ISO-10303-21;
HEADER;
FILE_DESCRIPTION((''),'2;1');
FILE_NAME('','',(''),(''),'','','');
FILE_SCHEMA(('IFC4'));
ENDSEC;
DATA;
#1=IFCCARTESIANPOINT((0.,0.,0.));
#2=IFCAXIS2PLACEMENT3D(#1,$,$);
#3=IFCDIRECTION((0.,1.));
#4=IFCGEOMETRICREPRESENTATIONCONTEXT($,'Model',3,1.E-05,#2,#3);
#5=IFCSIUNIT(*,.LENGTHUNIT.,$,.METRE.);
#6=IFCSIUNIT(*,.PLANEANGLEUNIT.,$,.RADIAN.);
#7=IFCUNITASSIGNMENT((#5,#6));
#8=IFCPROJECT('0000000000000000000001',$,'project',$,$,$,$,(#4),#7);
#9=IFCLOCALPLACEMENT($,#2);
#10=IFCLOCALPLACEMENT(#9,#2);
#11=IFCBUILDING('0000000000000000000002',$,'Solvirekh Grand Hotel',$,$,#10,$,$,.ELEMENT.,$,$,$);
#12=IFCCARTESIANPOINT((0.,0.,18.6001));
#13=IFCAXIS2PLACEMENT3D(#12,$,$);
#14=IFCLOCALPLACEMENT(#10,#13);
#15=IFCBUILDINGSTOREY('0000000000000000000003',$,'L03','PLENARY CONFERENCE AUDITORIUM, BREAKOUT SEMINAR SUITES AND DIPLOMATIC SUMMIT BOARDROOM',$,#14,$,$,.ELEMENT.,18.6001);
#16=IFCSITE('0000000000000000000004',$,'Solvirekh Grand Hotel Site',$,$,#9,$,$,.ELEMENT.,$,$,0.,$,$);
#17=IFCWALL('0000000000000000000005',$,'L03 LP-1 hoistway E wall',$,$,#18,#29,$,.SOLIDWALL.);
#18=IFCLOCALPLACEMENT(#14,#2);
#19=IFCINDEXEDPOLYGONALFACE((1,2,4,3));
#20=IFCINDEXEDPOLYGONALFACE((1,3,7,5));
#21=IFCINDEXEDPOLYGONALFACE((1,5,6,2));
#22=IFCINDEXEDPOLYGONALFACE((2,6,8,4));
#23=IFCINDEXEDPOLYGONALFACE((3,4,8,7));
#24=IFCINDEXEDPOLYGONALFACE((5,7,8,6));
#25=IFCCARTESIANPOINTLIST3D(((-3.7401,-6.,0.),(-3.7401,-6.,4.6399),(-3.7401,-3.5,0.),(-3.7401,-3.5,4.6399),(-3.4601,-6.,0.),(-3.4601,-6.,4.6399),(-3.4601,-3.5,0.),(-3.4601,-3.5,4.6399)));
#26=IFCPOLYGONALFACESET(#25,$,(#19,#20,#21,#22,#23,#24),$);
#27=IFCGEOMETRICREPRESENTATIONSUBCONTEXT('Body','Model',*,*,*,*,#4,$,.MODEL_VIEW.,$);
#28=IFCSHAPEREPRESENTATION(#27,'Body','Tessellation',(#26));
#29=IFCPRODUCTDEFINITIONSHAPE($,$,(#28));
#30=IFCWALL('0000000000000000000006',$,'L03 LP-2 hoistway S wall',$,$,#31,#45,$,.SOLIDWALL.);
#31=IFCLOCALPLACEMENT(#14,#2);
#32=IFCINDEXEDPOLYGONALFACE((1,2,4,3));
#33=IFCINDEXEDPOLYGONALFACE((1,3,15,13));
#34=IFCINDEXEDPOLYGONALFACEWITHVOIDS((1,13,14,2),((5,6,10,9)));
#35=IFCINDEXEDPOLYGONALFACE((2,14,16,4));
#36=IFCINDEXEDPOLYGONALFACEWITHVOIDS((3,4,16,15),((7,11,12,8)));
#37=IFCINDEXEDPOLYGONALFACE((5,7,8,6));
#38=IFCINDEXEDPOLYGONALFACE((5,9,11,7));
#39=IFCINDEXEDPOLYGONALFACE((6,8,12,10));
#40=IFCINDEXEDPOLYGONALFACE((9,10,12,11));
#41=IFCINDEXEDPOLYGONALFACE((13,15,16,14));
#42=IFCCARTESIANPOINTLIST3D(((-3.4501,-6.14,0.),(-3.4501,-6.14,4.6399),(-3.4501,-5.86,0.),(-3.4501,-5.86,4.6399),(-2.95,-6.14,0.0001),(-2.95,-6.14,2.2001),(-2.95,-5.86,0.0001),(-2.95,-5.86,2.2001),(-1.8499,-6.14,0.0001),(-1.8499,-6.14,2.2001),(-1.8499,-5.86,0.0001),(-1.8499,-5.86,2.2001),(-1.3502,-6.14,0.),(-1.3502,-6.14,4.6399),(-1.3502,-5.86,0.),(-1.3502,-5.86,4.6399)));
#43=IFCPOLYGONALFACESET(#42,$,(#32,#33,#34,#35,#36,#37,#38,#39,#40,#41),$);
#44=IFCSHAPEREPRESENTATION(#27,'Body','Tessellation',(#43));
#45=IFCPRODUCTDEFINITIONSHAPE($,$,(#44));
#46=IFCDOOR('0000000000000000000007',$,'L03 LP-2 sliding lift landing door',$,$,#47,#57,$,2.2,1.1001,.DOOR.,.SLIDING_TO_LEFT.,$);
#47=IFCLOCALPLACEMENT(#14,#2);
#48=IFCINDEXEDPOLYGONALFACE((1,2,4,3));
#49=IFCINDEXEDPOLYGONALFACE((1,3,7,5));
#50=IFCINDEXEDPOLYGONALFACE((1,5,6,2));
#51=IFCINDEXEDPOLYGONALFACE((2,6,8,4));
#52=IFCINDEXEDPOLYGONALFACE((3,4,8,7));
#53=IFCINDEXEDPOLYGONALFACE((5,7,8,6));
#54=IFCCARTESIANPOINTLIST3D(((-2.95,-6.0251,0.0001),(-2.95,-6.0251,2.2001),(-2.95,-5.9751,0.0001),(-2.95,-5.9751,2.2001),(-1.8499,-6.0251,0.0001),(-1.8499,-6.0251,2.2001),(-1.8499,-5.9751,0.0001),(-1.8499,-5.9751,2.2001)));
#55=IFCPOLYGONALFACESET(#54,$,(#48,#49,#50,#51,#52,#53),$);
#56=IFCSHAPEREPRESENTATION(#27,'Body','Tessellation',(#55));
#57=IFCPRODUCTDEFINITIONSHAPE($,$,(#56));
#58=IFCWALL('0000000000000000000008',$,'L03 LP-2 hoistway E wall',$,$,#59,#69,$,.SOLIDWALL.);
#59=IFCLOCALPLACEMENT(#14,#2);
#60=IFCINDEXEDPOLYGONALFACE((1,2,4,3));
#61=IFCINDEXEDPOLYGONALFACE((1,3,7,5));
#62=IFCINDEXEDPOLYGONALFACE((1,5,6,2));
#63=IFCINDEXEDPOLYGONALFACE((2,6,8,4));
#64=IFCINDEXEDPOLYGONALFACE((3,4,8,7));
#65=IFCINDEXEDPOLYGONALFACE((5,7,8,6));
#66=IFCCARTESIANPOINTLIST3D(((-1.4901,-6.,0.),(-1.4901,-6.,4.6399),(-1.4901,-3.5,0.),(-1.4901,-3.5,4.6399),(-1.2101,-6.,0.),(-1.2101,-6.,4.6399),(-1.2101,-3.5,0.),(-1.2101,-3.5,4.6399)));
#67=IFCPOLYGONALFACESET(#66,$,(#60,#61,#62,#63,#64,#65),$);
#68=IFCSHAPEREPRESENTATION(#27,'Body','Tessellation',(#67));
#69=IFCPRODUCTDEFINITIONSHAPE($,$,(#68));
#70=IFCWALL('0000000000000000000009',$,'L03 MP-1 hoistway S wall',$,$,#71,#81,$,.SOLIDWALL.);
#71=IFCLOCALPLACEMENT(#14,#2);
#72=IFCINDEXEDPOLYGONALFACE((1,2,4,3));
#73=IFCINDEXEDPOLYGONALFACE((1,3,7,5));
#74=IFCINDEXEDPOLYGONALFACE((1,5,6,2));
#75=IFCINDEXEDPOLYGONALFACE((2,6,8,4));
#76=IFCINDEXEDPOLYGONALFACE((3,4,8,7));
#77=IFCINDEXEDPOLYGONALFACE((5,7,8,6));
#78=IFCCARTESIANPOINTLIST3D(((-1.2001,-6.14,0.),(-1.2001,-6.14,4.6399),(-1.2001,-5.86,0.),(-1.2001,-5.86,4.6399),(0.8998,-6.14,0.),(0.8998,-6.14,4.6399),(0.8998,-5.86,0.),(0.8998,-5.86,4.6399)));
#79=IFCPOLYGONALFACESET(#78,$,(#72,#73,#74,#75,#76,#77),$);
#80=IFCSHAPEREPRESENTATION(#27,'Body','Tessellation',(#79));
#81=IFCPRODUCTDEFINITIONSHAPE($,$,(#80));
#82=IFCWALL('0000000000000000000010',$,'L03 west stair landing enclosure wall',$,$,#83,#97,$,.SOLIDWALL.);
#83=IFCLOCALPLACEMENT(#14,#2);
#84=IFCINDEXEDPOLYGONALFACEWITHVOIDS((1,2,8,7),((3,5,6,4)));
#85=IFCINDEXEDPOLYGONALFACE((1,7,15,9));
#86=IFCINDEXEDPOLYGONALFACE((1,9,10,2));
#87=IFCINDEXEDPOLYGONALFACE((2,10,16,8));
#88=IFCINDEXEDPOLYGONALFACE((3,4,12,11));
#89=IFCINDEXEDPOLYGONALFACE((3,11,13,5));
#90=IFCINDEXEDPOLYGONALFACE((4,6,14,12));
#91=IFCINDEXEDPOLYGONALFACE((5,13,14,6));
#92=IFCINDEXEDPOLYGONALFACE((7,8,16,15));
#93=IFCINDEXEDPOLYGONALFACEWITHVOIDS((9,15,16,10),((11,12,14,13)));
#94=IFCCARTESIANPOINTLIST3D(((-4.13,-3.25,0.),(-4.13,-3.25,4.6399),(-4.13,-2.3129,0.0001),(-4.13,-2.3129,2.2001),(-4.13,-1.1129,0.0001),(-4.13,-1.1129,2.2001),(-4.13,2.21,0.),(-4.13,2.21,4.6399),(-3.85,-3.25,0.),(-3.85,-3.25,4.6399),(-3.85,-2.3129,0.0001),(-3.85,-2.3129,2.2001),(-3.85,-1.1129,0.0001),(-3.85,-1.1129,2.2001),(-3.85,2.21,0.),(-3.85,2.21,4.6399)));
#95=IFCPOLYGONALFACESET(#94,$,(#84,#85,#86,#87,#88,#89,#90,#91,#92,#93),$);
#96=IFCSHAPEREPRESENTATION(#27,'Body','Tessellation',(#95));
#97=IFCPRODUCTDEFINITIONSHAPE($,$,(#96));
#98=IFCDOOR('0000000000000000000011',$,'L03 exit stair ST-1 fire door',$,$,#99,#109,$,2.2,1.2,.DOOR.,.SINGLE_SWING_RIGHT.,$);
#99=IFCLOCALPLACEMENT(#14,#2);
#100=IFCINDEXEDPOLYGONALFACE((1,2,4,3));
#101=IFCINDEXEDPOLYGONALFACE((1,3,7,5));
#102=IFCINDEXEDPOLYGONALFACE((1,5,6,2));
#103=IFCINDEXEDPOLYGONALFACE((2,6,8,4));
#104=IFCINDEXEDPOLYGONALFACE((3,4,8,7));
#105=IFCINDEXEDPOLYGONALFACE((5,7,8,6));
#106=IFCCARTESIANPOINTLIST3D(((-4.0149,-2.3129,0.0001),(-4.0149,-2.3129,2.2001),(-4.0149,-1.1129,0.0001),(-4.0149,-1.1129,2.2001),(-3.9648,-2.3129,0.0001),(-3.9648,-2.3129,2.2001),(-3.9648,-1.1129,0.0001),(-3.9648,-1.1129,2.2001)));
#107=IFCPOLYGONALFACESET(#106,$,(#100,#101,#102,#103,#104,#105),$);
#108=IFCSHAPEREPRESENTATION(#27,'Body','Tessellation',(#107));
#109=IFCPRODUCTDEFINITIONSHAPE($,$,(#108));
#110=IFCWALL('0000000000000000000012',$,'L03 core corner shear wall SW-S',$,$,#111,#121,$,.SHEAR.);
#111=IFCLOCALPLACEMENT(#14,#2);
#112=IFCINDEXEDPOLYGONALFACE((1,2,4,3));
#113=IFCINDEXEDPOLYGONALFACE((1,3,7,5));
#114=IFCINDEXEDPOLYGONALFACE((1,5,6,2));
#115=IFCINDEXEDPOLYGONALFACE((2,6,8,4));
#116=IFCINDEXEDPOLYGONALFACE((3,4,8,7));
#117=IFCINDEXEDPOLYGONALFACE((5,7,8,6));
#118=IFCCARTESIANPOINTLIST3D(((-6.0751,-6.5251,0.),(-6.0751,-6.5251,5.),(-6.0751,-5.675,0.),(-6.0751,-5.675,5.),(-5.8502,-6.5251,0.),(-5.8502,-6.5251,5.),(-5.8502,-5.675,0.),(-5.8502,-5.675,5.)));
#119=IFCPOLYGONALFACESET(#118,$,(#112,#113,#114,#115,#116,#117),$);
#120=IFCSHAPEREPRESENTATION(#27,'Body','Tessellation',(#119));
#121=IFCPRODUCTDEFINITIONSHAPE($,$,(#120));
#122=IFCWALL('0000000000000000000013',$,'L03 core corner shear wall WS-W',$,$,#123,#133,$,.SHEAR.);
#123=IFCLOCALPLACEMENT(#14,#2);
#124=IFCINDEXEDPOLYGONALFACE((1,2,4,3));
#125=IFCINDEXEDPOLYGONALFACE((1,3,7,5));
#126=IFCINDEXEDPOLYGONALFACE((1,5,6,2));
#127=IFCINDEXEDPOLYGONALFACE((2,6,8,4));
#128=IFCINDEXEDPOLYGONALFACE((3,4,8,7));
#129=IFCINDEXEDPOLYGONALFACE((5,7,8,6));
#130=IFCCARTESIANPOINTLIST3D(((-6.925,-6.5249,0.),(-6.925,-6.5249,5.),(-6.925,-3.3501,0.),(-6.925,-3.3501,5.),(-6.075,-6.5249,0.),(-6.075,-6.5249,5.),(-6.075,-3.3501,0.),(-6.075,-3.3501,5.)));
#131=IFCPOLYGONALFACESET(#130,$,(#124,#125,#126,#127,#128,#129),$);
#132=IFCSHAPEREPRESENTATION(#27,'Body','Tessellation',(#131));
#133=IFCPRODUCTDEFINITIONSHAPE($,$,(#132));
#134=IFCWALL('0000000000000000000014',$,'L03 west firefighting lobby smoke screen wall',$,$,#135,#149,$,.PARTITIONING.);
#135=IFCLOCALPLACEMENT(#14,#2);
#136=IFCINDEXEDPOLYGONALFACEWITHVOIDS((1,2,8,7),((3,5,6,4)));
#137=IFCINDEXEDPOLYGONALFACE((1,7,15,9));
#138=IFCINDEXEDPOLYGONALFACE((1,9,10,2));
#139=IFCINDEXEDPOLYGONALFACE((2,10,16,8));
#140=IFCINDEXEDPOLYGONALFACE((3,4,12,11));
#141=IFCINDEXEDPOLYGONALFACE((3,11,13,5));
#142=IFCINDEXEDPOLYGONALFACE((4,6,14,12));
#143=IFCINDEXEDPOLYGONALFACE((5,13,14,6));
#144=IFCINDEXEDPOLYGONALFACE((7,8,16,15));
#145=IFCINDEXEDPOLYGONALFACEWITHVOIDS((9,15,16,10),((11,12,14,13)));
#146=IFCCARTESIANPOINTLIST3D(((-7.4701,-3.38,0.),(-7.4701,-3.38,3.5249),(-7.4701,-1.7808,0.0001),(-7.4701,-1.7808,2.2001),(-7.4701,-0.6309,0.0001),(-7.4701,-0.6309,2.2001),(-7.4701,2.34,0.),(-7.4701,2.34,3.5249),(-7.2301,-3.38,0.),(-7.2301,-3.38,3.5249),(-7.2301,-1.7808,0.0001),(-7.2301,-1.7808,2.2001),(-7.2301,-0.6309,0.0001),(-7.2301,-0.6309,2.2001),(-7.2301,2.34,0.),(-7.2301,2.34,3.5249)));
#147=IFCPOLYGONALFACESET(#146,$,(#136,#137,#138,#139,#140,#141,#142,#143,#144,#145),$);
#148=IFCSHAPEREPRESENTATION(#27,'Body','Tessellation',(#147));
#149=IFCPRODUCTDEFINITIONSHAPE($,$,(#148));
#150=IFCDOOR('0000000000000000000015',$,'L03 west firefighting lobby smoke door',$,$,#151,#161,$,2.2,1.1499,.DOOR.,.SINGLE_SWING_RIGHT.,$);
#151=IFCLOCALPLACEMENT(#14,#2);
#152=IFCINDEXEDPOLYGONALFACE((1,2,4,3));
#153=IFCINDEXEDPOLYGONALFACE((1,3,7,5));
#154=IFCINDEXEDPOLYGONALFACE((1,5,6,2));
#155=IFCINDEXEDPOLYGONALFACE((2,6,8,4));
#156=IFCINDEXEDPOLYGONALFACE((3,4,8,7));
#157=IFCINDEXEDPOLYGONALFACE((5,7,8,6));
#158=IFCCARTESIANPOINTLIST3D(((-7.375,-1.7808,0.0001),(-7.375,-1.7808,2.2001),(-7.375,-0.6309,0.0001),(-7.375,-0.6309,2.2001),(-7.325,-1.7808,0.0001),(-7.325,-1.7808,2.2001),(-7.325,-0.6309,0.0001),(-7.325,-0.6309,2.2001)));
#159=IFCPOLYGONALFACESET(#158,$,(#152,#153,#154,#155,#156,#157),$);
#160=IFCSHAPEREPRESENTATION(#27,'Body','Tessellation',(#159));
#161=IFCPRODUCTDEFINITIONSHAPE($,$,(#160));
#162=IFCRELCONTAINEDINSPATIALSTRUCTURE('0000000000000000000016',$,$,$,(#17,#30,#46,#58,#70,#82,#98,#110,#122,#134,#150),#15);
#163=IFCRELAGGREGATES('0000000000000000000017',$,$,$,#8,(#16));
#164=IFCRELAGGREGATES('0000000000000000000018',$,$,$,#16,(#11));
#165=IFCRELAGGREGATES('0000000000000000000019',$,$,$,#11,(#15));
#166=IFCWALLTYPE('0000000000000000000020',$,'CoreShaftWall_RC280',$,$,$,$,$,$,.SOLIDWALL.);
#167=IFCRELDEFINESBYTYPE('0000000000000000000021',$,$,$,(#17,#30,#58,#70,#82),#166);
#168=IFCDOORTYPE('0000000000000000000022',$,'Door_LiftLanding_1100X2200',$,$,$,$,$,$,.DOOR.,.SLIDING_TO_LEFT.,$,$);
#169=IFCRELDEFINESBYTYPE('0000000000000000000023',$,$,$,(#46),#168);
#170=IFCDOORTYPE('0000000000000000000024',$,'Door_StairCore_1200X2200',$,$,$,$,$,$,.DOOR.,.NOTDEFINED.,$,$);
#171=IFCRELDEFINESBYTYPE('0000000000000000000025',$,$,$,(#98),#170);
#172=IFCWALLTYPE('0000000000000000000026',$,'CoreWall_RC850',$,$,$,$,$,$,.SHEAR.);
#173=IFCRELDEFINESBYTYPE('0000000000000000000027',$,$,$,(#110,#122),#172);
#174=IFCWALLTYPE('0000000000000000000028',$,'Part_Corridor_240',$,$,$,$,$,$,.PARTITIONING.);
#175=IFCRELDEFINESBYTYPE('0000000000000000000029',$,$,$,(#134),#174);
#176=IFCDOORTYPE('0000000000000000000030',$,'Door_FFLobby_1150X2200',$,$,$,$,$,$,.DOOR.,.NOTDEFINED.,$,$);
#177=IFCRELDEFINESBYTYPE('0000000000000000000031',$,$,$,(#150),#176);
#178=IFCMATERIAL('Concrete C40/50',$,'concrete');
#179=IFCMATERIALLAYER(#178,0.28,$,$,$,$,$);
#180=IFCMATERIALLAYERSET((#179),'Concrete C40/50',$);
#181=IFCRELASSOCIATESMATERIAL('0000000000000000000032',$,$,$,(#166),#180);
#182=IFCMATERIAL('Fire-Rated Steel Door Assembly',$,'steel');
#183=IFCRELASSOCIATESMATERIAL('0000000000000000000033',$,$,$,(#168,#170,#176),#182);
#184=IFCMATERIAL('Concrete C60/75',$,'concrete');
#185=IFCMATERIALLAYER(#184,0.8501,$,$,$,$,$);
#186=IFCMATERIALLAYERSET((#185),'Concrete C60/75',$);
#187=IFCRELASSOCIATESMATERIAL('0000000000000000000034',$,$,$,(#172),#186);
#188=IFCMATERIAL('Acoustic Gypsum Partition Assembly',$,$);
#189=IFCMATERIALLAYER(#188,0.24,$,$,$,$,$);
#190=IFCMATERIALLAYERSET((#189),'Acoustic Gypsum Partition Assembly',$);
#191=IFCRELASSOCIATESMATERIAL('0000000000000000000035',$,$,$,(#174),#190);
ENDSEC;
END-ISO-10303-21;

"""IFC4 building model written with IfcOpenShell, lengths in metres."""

from ifc_helpers import new_model, si_unit, direction, frame, frame_2d, origin, place, context, subcontext, project, spatial, rectangle, extrude, material, layer, layer_set, type_object, element, fill, save


model = new_model("IFC4")

# Units and contexts
model_context = context("Model", 3, precision=1e-05, world=origin(), true_north=direction((0.0, 1.0)))
body_context = subcontext(model_context, "Body", "Model", "MODEL_VIEW")
ifc_project = project(units=[si_unit("LENGTHUNIT", "METRE"), si_unit("PLANEANGLEUNIT", "RADIAN")], contexts=[model_context])

# Site, building, storey
site_placement = place(None, origin())
site = spatial("IfcSite", under=ifc_project, at=site_placement, Name="Solvirekh Grand Hotel Site", CompositionType="ELEMENT", RefElevation=0.0)
building_placement = place(site_placement, origin())
building = spatial("IfcBuilding", under=site, at=building_placement, Name="Solvirekh Grand Hotel", CompositionType="ELEMENT")
storey_placement = place(building_placement, frame((0.0, 0.0, 18.6001)))
storey = spatial("IfcBuildingStorey", under=building, at=storey_placement, Name="L03", Description="PLENARY CONFERENCE AUDITORIUM, BREAKOUT SEMINAR SUITES AND DIPLOMATIC SUMMIT BOARDROOM", CompositionType="ELEMENT", Elevation=18.6001)

# Shared definitions
ifc_material_1 = material(Name="Concrete C60/75", Category="concrete")

# Shared definitions
ifc_material_2 = material(Name="Concrete C40/50", Category="concrete")
ifc_layer_1 = layer(ifc_material_2, 0.28)
ifc_layer_set_1 = layer_set([ifc_layer_1], Name="Concrete C40/50")
wall_type_1 = type_object("IfcWallType", Name="CoreShaftWall_RC280", PredefinedType="SOLIDWALL", material=ifc_layer_set_1)
ifc_material_3 = material(Name="Fire-Rated Steel Door Assembly", Category="steel")
door_type_1 = type_object("IfcDoorType", Name="Door_LiftLanding_1100X2200", OperationType="SLIDING_TO_LEFT", PredefinedType="DOOR", material=ifc_material_3)

# Wall
for number, where, z_axis, x_axis, name in (
    (1, (-3.6001, -6.0, 0.0), (0.0, 0.0, 1.0), (0.0, 1.0, 0.0), "L03 LP-1 hoistway E wall"),
):
    element("IfcWall", number, at=place(storey_placement, frame(where, z_axis=z_axis, x_axis=x_axis)), inside=storey, type_object=wall_type_1, Name=name, PredefinedType="SOLIDWALL", context=body_context, shape_type="SweptSolid", body=[
        extrude(rectangle(XDim=2.5, YDim=0.28, at=frame_2d((1.25, 0.0))), origin(), (0.0, 0.0, 1.0), 4.6399),
    ])

# Wall, opening, door
wall_1_placement = place(storey_placement, frame((-3.45, -6.0, 0.0), z_axis=(0.0, 0.0, 1.0), x_axis=(1.0, 0.0, 0.0)))
wall_1 = element("IfcWall", 2, at=wall_1_placement, inside=storey, type_object=wall_type_1, Name="L03 LP-2 hoistway S wall", PredefinedType="SOLIDWALL", context=body_context, shape_type="SweptSolid", body=[
    extrude(rectangle(XDim=2.0999, YDim=0.28, at=frame_2d((1.0498, 0.0))), origin(), (0.0, 0.0, 1.0), 4.6399),
])
opening_1_placement = place(wall_1_placement, frame((0.5, 0.0, 0.0)))
opening_1 = element("IfcOpeningElement", 3, at=opening_1_placement, cuts=wall_1, PredefinedType="OPENING", context=body_context, shape_type="SweptSolid", body=[
    extrude(rectangle(XDim=1.1001, YDim=2.2, at=frame_2d((0.55, 1.1001))), frame((0.0, 0.1499, 0.0), z_axis=(0.0, -1.0, 0.0), x_axis=(1.0, 0.0, 0.0)), (0.0, 0.0, 1.0), 0.3),
])
door_1_placement = place(opening_1_placement, origin())
door_1 = element("IfcDoor", 4, at=door_1_placement, inside=storey, type_object=door_type_1, Name="L03 LP-2 sliding lift landing door", OperationType="SLIDING_TO_LEFT", OverallHeight=2.2, OverallWidth=1.1001, PredefinedType="DOOR", context=body_context, shape_type="SweptSolid", body=[
    extrude(rectangle(XDim=1.1001, YDim=2.2, at=frame_2d((0.55, 1.1001))), frame((0.0, 0.0249, 0.0), z_axis=(0.0, -1.0, 0.0), x_axis=(1.0, 0.0, 0.0)), (0.0, 0.0, 1.0), 0.05),
])
fill(opening_1, door_1)

# Walls
wall_2_placement = place(storey_placement, frame((-1.3501, -6.0, 0.0), z_axis=(0.0, 0.0, 1.0), x_axis=(0.0, 1.0, 0.0)))
element("IfcWall", 5, at=wall_2_placement, inside=storey, type_object=wall_type_1, Name="L03 LP-2 hoistway E wall", PredefinedType="SOLIDWALL", context=body_context, shape_type="SweptSolid", body=[
    extrude(rectangle(XDim=2.5, YDim=0.28, at=frame_2d((1.25, 0.0))), origin(), (0.0, 0.0, 1.0), 4.6399),
])
wall_3_placement = place(storey_placement, frame((-1.2, -6.0, 0.0), z_axis=(0.0, 0.0, 1.0), x_axis=(1.0, 0.0, 0.0)))
element("IfcWall", 6, at=wall_3_placement, inside=storey, type_object=wall_type_1, Name="L03 MP-1 hoistway S wall", PredefinedType="SOLIDWALL", context=body_context, shape_type="SweptSolid", body=[
    extrude(rectangle(XDim=2.0999, YDim=0.28, at=frame_2d((1.0498, 0.0))), origin(), (0.0, 0.0, 1.0), 4.6399),
])

# Wall, opening, door
wall_4_placement = place(storey_placement, frame((-3.99, -3.25, 0.0), z_axis=(0.0, 0.0, 1.0), x_axis=(0.0, 1.0, 0.0)))
wall_4 = element("IfcWall", 7, at=wall_4_placement, inside=storey, type_object=wall_type_1, Name="L03 west stair landing enclosure wall", PredefinedType="SOLIDWALL", context=body_context, shape_type="SweptSolid", body=[
    extrude(rectangle(XDim=5.46, YDim=0.28, at=frame_2d((2.73, 0.0))), origin(), (0.0, 0.0, 1.0), 4.6399),
])
opening_2_placement = place(wall_4_placement, frame((0.937, 0.0, 0.0)))
opening_2 = element("IfcOpeningElement", 8, at=opening_2_placement, cuts=wall_4, PredefinedType="OPENING", context=body_context, shape_type="SweptSolid", body=[
    extrude(rectangle(XDim=1.2, YDim=2.2, at=frame_2d((0.6001, 1.1001))), frame((0.0, 0.1499, 0.0), z_axis=(0.0, -1.0, 0.0), x_axis=(1.0, 0.0, 0.0)), (0.0, 0.0, 1.0), 0.3),
])
door_type_2 = type_object("IfcDoorType", Name="Door_StairCore_1200X2200", OperationType="NOTDEFINED", PredefinedType="DOOR", material=ifc_material_3)
door_2_placement = place(opening_2_placement, origin())
door_2 = element("IfcDoor", 9, at=door_2_placement, inside=storey, type_object=door_type_2, Name="L03 exit stair ST-1 fire door", OperationType="SINGLE_SWING_RIGHT", OverallHeight=2.2, OverallWidth=1.2, PredefinedType="DOOR", context=body_context, shape_type="SweptSolid", body=[
    extrude(rectangle(XDim=1.2, YDim=2.2, at=frame_2d((0.6001, 1.1001))), frame((0.0, 0.0249, 0.0), z_axis=(0.0, -1.0, 0.0), x_axis=(1.0, 0.0, 0.0)), (0.0, 0.0, 1.0), 0.05),
])
fill(opening_2, door_2)

# Walls
ifc_layer_2 = layer(ifc_material_1, 0.8501)
ifc_layer_set_2 = layer_set([ifc_layer_2], Name="Concrete C60/75")
wall_type_2 = type_object("IfcWallType", Name="CoreWall_RC850", PredefinedType="SHEAR", material=ifc_layer_set_2)
wall_5_placement = place(storey_placement, frame((-6.075, -6.1001, 0.0), z_axis=(0.0, 0.0, 1.0), x_axis=(1.0, 0.0, 0.0)))
element("IfcWall", 10, at=wall_5_placement, inside=storey, type_object=wall_type_2, Name="L03 core corner shear wall SW-S", PredefinedType="SHEAR", context=body_context, shape_type="SweptSolid", body=[
    extrude(rectangle(XDim=0.2249, YDim=0.8501, at=frame_2d((0.1123, 0.0))), origin(), (0.0, 0.0, 1.0), 5.0),
])
wall_6_placement = place(storey_placement, frame((-6.5, -6.5249, 0.0), z_axis=(0.0, 0.0, 1.0), x_axis=(0.0, 1.0, 0.0)))
element("IfcWall", 11, at=wall_6_placement, inside=storey, type_object=wall_type_2, Name="L03 core corner shear wall WS-W", PredefinedType="SHEAR", context=body_context, shape_type="SweptSolid", body=[
    extrude(rectangle(XDim=3.1748, YDim=0.8501, at=frame_2d((1.5874, 0.0))), origin(), (0.0, 0.0, 1.0), 5.0),
])

# Wall, opening, door
ifc_material_4 = material(Name="Acoustic Gypsum Partition Assembly")
ifc_layer_3 = layer(ifc_material_4, 0.24)
ifc_layer_set_3 = layer_set([ifc_layer_3], Name="Acoustic Gypsum Partition Assembly")
wall_type_3 = type_object("IfcWallType", Name="Part_Corridor_240", PredefinedType="PARTITIONING", material=ifc_layer_set_3)
wall_7_placement = place(storey_placement, frame((-7.3501, -3.3799, 0.0), z_axis=(0.0, 0.0, 1.0), x_axis=(0.0, 1.0, 0.0)))
wall_7 = element("IfcWall", 12, at=wall_7_placement, inside=storey, type_object=wall_type_3, Name="L03 west firefighting lobby smoke screen wall", PredefinedType="PARTITIONING", context=body_context, shape_type="SweptSolid", body=[
    extrude(rectangle(XDim=5.72, YDim=0.24, at=frame_2d((2.8599, 0.0))), origin(), (0.0, 0.0, 1.0), 3.5249),
])
opening_3_placement = place(wall_7_placement, frame((1.5991, 0.0, 0.0)))
opening_3 = element("IfcOpeningElement", 13, at=opening_3_placement, cuts=wall_7, PredefinedType="OPENING", context=body_context, shape_type="SweptSolid", body=[
    extrude(rectangle(XDim=1.1499, YDim=2.2, at=frame_2d((0.575, 1.1001))), frame((0.0, 0.1299, 0.0), z_axis=(0.0, -1.0, 0.0), x_axis=(1.0, 0.0, 0.0)), (0.0, 0.0, 1.0), 0.26),
])
door_type_3 = type_object("IfcDoorType", Name="Door_FFLobby_1150X2200", OperationType="NOTDEFINED", PredefinedType="DOOR", material=ifc_material_3)
door_3_placement = place(opening_3_placement, origin())
door_3 = element("IfcDoor", 14, at=door_3_placement, inside=storey, type_object=door_type_3, Name="L03 west firefighting lobby smoke door", OperationType="SINGLE_SWING_RIGHT", OverallHeight=2.2, OverallWidth=1.1499, PredefinedType="DOOR", context=body_context, shape_type="SweptSolid", body=[
    extrude(rectangle(XDim=1.1499, YDim=2.2, at=frame_2d((0.575, 1.1001))), frame((0.0, 0.0249, 0.0), z_axis=(0.0, -1.0, 0.0), x_axis=(1.0, 0.0, 0.0)), (0.0, 0.0, 1.0), 0.05),
])
fill(opening_3, door_3)

save(model, "model.ifc")
